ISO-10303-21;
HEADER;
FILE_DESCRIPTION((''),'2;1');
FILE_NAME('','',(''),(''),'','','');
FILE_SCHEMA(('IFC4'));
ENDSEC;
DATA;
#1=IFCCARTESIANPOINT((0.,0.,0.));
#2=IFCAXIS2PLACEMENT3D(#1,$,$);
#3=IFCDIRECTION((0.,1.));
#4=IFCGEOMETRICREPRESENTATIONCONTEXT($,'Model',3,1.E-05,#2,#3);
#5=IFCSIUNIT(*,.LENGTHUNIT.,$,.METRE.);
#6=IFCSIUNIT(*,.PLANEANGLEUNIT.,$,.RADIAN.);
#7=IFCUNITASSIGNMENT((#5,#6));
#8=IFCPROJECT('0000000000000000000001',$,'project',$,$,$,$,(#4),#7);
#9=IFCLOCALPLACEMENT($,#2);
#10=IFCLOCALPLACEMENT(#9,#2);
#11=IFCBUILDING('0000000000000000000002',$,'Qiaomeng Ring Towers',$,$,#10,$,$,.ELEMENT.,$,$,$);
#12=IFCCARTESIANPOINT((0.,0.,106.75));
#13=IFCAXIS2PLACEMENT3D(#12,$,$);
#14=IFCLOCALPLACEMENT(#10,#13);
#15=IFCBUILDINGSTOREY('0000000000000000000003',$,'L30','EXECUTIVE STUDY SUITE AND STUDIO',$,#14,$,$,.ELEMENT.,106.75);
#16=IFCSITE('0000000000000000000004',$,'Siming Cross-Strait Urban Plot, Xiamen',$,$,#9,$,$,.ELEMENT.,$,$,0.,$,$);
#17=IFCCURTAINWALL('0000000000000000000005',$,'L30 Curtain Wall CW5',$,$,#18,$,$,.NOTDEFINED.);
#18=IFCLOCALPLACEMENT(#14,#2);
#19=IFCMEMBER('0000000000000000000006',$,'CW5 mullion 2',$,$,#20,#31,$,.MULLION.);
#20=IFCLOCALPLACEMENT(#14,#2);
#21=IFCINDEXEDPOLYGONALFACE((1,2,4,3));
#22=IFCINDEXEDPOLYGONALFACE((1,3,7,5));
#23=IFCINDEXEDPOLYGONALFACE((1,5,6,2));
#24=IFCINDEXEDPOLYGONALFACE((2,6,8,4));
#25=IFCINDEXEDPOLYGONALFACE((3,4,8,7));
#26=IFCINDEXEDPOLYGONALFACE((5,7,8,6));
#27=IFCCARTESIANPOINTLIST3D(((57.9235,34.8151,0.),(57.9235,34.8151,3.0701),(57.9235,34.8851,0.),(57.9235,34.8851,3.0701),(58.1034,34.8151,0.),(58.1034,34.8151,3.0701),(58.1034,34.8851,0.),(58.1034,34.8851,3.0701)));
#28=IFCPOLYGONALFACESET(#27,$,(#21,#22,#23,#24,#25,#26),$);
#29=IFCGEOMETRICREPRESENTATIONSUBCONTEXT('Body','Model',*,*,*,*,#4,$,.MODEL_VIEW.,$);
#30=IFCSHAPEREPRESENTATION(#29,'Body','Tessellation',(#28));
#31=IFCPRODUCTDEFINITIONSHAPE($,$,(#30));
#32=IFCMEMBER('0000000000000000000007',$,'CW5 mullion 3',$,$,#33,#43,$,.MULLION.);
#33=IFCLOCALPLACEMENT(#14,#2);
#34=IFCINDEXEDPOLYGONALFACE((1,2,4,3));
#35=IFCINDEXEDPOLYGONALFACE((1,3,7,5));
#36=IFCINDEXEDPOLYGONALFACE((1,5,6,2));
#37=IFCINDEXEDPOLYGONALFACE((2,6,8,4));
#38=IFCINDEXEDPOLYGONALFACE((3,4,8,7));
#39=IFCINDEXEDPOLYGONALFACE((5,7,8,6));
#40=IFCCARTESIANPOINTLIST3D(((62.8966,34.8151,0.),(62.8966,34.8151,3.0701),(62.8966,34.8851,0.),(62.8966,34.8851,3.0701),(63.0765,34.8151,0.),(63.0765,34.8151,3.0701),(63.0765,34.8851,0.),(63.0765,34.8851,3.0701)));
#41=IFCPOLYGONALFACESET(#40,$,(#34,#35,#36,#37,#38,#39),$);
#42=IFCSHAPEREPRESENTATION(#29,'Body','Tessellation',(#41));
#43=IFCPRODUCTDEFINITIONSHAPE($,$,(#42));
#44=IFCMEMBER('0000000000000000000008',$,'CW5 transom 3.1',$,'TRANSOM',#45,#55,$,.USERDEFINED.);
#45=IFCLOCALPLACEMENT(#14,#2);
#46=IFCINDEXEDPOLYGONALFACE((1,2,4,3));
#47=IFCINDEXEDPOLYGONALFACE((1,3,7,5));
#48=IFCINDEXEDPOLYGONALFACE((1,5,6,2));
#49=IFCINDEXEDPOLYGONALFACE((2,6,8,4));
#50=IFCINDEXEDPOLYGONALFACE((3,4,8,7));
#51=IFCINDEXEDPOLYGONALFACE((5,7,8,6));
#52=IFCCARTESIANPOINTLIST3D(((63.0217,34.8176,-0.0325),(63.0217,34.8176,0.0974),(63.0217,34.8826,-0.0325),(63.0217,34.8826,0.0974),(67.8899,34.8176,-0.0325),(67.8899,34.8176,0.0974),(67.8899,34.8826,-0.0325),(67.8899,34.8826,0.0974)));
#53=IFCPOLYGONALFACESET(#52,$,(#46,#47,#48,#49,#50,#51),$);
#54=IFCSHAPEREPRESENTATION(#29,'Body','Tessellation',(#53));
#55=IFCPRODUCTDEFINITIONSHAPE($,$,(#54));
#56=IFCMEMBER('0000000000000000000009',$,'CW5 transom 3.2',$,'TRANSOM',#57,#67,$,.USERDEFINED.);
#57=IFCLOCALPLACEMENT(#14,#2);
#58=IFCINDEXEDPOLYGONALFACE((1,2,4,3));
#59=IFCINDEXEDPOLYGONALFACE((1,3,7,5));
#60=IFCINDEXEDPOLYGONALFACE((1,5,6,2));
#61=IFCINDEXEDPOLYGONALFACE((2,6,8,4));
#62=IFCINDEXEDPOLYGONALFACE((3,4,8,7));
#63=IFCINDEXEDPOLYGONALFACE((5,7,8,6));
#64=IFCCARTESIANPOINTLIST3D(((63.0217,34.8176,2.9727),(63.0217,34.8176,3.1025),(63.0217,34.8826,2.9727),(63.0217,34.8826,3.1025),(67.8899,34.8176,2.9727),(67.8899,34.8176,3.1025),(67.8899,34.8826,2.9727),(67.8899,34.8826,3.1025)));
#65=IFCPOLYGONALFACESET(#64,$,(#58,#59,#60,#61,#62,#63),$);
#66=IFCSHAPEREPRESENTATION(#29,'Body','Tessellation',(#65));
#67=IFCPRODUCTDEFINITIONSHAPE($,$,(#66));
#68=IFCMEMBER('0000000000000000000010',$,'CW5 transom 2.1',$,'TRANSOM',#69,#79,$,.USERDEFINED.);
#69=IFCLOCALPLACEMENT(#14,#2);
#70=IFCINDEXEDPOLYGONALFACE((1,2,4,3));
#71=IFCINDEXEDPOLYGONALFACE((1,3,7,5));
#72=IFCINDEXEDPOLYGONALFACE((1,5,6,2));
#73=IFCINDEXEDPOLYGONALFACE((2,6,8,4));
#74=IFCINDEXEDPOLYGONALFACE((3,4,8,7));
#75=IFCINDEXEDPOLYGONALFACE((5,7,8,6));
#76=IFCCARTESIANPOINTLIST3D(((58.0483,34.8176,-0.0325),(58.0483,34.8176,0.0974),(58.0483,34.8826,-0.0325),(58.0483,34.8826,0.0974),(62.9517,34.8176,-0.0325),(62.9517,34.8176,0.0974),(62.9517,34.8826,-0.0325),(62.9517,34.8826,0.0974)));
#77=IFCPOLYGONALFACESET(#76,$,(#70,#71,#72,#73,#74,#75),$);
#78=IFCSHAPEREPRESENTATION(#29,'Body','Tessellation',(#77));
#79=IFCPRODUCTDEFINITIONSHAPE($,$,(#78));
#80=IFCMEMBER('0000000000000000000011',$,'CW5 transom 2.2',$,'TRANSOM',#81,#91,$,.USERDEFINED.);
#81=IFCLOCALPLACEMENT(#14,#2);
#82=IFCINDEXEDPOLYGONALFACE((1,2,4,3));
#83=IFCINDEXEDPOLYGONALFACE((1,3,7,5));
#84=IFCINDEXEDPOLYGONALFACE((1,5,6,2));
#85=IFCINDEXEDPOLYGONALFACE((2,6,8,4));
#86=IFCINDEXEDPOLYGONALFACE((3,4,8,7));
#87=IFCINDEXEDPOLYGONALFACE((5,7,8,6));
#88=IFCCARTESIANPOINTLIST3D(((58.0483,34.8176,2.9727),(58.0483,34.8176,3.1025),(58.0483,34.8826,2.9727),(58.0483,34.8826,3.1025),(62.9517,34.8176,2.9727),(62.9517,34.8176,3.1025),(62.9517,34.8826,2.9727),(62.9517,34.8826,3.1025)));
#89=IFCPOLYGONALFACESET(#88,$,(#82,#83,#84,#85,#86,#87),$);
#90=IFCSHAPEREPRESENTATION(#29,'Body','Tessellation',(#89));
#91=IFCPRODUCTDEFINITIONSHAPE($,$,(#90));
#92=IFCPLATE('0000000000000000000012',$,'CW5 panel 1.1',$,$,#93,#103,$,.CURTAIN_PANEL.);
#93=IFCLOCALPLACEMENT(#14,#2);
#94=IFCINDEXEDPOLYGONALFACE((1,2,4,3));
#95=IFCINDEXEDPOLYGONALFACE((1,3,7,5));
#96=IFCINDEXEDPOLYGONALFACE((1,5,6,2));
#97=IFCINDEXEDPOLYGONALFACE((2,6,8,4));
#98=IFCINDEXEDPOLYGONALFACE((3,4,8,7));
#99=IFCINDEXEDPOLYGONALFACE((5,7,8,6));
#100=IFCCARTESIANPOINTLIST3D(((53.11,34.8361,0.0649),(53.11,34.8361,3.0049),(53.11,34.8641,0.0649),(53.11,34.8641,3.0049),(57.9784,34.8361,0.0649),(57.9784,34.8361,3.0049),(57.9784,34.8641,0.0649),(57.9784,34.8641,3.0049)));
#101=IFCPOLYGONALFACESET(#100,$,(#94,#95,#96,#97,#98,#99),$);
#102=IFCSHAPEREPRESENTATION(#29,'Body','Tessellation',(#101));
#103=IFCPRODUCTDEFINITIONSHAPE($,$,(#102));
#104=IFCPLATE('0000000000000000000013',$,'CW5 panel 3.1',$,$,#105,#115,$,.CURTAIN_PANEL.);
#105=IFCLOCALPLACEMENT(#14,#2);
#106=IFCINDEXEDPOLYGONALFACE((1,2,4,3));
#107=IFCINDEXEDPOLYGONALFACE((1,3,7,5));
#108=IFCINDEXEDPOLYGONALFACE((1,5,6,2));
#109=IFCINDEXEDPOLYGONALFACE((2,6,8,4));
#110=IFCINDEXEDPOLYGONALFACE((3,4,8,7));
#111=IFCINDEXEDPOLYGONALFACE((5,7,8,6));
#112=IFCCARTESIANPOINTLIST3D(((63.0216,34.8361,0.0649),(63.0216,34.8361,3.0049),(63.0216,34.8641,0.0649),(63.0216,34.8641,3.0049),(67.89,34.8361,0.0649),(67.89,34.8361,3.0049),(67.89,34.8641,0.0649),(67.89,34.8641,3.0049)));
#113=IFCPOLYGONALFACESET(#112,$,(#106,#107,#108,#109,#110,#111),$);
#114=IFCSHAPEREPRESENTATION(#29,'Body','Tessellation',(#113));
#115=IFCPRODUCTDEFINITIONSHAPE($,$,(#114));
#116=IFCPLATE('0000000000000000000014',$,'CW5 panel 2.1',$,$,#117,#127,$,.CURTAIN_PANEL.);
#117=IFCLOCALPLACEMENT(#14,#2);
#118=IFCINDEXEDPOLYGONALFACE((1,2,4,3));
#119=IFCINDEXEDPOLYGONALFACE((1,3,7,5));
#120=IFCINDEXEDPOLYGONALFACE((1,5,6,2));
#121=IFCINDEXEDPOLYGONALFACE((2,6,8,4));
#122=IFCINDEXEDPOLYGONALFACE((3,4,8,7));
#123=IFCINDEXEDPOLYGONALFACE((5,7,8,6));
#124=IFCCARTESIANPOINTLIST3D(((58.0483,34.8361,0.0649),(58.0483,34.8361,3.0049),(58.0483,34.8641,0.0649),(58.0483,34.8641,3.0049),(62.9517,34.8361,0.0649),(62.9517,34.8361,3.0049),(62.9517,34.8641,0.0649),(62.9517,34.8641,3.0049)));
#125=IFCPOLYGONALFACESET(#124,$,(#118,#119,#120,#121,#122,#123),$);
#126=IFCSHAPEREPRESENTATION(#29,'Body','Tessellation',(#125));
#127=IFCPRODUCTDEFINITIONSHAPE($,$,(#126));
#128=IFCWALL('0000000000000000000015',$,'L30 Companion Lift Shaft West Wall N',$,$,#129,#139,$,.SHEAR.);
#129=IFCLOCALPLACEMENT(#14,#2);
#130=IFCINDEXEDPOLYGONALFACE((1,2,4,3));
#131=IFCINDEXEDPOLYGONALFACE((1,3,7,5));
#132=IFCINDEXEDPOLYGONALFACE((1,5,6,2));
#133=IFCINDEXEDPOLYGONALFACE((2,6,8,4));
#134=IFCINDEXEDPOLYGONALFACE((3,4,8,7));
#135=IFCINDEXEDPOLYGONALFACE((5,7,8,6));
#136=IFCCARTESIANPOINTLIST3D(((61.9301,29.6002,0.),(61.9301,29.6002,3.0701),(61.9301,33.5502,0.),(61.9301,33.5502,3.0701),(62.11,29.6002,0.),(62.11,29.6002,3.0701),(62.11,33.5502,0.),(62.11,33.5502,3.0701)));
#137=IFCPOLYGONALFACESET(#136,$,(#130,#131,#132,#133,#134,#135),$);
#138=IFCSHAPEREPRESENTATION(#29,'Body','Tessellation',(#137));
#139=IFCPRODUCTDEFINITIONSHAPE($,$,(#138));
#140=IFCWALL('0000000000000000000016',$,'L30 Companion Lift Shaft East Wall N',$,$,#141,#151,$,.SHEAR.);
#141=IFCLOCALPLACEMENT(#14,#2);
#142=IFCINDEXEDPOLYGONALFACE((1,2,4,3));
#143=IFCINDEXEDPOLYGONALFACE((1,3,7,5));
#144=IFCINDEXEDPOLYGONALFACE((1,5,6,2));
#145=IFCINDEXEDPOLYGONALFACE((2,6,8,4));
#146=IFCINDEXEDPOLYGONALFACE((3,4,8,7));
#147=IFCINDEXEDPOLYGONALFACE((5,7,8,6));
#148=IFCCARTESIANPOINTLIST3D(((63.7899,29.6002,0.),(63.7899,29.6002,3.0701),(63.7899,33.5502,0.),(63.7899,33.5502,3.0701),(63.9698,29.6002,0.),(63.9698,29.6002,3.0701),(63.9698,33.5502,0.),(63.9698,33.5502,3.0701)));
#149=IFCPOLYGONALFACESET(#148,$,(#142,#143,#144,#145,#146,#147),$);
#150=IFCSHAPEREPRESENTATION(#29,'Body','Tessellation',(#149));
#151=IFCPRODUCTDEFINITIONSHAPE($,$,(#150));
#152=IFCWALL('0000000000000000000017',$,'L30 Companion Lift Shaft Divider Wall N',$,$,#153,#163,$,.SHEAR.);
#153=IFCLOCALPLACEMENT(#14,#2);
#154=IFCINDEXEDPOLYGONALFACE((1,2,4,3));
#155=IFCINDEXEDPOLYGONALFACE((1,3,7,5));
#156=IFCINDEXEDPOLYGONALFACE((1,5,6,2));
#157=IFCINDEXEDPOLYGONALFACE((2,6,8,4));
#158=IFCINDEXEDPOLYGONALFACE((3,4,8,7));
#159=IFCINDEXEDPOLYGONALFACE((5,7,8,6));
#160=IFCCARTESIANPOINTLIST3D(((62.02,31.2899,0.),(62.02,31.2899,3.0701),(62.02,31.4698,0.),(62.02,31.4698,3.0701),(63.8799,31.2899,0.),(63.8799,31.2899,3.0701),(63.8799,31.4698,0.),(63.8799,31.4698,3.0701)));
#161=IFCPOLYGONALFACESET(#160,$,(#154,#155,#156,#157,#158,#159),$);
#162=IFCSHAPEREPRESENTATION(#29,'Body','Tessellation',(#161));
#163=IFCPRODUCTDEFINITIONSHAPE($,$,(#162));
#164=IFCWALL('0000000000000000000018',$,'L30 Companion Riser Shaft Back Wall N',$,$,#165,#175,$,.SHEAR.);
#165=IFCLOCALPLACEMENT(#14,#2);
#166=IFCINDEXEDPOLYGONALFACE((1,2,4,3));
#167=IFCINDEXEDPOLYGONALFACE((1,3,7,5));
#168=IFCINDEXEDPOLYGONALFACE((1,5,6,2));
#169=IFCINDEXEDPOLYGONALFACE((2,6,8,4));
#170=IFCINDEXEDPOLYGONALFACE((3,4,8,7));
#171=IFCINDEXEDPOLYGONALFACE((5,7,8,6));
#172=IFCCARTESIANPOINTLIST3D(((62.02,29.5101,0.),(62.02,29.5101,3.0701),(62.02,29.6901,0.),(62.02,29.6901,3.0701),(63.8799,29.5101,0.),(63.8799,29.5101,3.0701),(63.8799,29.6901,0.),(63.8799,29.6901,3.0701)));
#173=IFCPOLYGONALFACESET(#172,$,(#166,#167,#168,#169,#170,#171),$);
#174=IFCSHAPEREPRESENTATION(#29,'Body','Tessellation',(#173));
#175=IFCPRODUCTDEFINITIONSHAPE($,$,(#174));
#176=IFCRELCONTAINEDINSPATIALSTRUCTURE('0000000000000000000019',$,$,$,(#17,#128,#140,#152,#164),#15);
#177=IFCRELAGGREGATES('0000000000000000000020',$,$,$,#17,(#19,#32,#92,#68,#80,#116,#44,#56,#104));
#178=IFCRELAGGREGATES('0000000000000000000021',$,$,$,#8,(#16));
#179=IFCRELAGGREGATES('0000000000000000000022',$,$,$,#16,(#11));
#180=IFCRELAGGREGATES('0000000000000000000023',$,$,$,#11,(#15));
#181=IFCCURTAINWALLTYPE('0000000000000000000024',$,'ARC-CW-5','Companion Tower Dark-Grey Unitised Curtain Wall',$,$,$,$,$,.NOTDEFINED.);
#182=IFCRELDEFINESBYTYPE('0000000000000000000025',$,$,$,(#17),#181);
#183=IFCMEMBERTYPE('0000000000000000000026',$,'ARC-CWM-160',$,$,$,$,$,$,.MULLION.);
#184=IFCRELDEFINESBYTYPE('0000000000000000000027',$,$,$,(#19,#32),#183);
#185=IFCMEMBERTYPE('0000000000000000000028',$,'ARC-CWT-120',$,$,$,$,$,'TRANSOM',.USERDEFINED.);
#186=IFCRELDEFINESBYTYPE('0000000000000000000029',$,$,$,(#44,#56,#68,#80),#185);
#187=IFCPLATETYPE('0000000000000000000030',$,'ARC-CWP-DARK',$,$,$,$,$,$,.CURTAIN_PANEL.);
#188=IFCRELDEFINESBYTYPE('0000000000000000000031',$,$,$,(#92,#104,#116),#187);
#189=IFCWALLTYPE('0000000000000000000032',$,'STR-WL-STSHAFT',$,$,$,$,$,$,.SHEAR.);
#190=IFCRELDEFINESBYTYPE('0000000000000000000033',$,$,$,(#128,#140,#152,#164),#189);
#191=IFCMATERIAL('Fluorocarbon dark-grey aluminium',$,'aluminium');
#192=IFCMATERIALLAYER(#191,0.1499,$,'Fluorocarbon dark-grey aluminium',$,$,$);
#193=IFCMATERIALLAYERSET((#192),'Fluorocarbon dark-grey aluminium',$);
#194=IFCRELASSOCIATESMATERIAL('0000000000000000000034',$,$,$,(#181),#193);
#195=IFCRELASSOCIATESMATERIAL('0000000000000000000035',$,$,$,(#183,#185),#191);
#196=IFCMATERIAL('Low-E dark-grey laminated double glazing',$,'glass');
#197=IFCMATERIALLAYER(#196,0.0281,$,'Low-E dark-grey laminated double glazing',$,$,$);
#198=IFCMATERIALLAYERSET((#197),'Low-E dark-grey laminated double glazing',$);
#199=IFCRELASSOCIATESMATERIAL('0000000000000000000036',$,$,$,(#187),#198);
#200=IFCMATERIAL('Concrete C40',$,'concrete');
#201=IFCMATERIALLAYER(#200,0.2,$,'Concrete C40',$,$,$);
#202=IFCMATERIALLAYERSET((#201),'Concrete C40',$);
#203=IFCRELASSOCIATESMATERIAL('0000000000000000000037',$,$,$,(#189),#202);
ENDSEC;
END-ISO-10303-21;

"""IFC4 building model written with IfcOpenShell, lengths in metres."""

from ifc_helpers import new_model, si_unit, direction, frame, frame_2d, origin, origin_2d, place, context, subcontext, project, spatial, rectangle, extrude, source, transform, mapped, material, layer, layer_set, material_profile, profile_set, type_object, element, aggregate, save


model = new_model("IFC4")

# Units and contexts
model_context = context("Model", 3, precision=1e-05, world=origin(), true_north=direction((0.0, 1.0)))
body_context = subcontext(model_context, "Body", "Model", "MODEL_VIEW")
ifc_project = project(units=[si_unit("LENGTHUNIT", "METRE"), si_unit("PLANEANGLEUNIT", "RADIAN")], contexts=[model_context])

# Site, building, storey
site_placement = place(None, origin())
site = spatial("IfcSite", under=ifc_project, at=site_placement, Name="Siming Cross-Strait Urban Plot, Xiamen", CompositionType="ELEMENT", RefElevation=0.0)
building_placement = place(site_placement, origin())
building = spatial("IfcBuilding", under=site, at=building_placement, Name="Qiaomeng Ring Towers", CompositionType="ELEMENT")
storey_placement = place(building_placement, frame((0.0, 0.0, 106.75)))
storey = spatial("IfcBuildingStorey", under=building, at=storey_placement, Name="L30", Description="EXECUTIVE STUDY SUITE AND STUDIO", CompositionType="ELEMENT", Elevation=106.75)

# Curtain wall, members, plates
ifc_material_1 = material(Name="Fluorocarbon dark-grey aluminium", Category="aluminium")
ifc_layer_1 = layer(ifc_material_1, 0.1499, Name="Fluorocarbon dark-grey aluminium")
ifc_layer_set_1 = layer_set([ifc_layer_1], Name="Fluorocarbon dark-grey aluminium")
curtain_wall_type = type_object("IfcCurtainWallType", Name="ARC-CW-5", Description="Companion Tower Dark-Grey Unitised Curtain Wall", PredefinedType="NOTDEFINED", material=ifc_layer_set_1)
curtain_wall_placement = place(storey_placement, origin())
curtain_wall = element("IfcCurtainWall", 1, at=curtain_wall_placement, inside=storey, type_object=curtain_wall_type, Name="L30 Curtain Wall CW5", PredefinedType="NOTDEFINED")
ifc_material_profile_1 = material_profile(ifc_material_1, rectangle(XDim=0.0701, YDim=0.1799, at=origin_2d()), Name="ALU MULL 70x180")
ifc_profile_set_1 = profile_set([ifc_material_profile_1], Name="Fluorocarbon dark-grey aluminium")
member_type_1 = type_object("IfcMemberType", Name="ARC-CWM-160", PredefinedType="MULLION", material=ifc_profile_set_1)
shared_shape_1 = source(origin(), body_context, "Body", "SweptSolid", [
    extrude(rectangle(XDim=0.0701, YDim=0.1799, at=origin_2d()), origin(), (0.0, 0.0, 1.0), 3.0701),
])
member_1_placement = place(storey_placement, frame((58.0134, 34.8501, 0.0), z_axis=(0.0, 0.0, 1.0), x_axis=(0.0, 1.0, 0.0)))
member_1 = element("IfcMember", 2, at=member_1_placement, type_object=member_type_1, Name="CW5 mullion 2", PredefinedType="MULLION", context=body_context, shape_type="MappedRepresentation", body=[
    mapped(shared_shape_1, transform((0.0, 0.0, 0.0), x_axis=(1.0, 0.0, 0.0), y_axis=(0.0, 1.0, 0.0), z_axis=(0.0, 0.0, 1.0), scale=1.0)),
])
member_2_placement = place(storey_placement, frame((62.9866, 34.8501, 0.0), z_axis=(0.0, 0.0, 1.0), x_axis=(0.0, 1.0, 0.0)))
member_2 = element("IfcMember", 3, at=member_2_placement, type_object=member_type_1, Name="CW5 mullion 3", PredefinedType="MULLION", context=body_context, shape_type="MappedRepresentation", body=[
    mapped(shared_shape_1, transform((0.0, 0.0, 0.0), x_axis=(1.0, 0.0, 0.0), y_axis=(0.0, 1.0, 0.0), z_axis=(0.0, 0.0, 1.0), scale=1.0)),
])
ifc_material_profile_2 = material_profile(ifc_material_1, rectangle(XDim=0.0649, YDim=0.1299, at=origin_2d()), Name="ALU TRAN 65x130")
ifc_profile_set_2 = profile_set([ifc_material_profile_2], Name="Fluorocarbon dark-grey aluminium")
member_type_2 = type_object("IfcMemberType", Name="ARC-CWT-120", ElementType="TRANSOM", PredefinedType="USERDEFINED", material=ifc_profile_set_2)
shared_shape_2 = source(origin(), body_context, "Body", "SweptSolid", [
    extrude(rectangle(XDim=0.0649, YDim=0.1299, at=origin_2d()), origin(), (0.0, 0.0, 1.0), 4.8682),
])
member_3_placement = place(storey_placement, frame((63.0217, 34.8501, 0.0325), z_axis=(1.0, 0.0, 0.0), x_axis=(0.0, 1.0, 0.0)))
member_3 = element("IfcMember", 4, at=member_3_placement, type_object=member_type_2, Name="CW5 transom 3.1", ObjectType="TRANSOM", PredefinedType="USERDEFINED", context=body_context, shape_type="MappedRepresentation", body=[
    mapped(shared_shape_2, transform((0.0, 0.0, 0.0), x_axis=(1.0, 0.0, 0.0), y_axis=(0.0, 1.0, 0.0), z_axis=(0.0, 0.0, 1.0), scale=1.0)),
])
member_4_placement = place(storey_placement, frame((63.0217, 34.8501, 3.0376), z_axis=(1.0, 0.0, 0.0), x_axis=(0.0, 1.0, 0.0)))
member_4 = element("IfcMember", 5, at=member_4_placement, type_object=member_type_2, Name="CW5 transom 3.2", ObjectType="TRANSOM", PredefinedType="USERDEFINED", context=body_context, shape_type="MappedRepresentation", body=[
    mapped(shared_shape_2, transform((0.0, 0.0, 0.0), x_axis=(1.0, 0.0, 0.0), y_axis=(0.0, 1.0, 0.0), z_axis=(0.0, 0.0, 1.0), scale=1.0)),
])
shared_shape_3 = source(origin(), body_context, "Body", "SweptSolid", [
    extrude(rectangle(XDim=0.0649, YDim=0.1299, at=origin_2d()), origin(), (0.0, 0.0, 1.0), 4.9033),
])
member_5_placement = place(storey_placement, frame((58.0483, 34.8501, 0.0325), z_axis=(1.0, 0.0, 0.0), x_axis=(0.0, 1.0, 0.0)))
member_5 = element("IfcMember", 6, at=member_5_placement, type_object=member_type_2, Name="CW5 transom 2.1", ObjectType="TRANSOM", PredefinedType="USERDEFINED", context=body_context, shape_type="MappedRepresentation", body=[
    mapped(shared_shape_3, transform((0.0, 0.0, 0.0), x_axis=(1.0, 0.0, 0.0), y_axis=(0.0, 1.0, 0.0), z_axis=(0.0, 0.0, 1.0), scale=1.0)),
])
member_6_placement = place(storey_placement, frame((58.0483, 34.8501, 3.0376), z_axis=(1.0, 0.0, 0.0), x_axis=(0.0, 1.0, 0.0)))
member_6 = element("IfcMember", 7, at=member_6_placement, type_object=member_type_2, Name="CW5 transom 2.2", ObjectType="TRANSOM", PredefinedType="USERDEFINED", context=body_context, shape_type="MappedRepresentation", body=[
    mapped(shared_shape_3, transform((0.0, 0.0, 0.0), x_axis=(1.0, 0.0, 0.0), y_axis=(0.0, 1.0, 0.0), z_axis=(0.0, 0.0, 1.0), scale=1.0)),
])
ifc_material_2 = material(Name="Low-E dark-grey laminated double glazing", Category="glass")
ifc_layer_2 = layer(ifc_material_2, 0.0281, Name="Low-E dark-grey laminated double glazing")
ifc_layer_set_2 = layer_set([ifc_layer_2], Name="Low-E dark-grey laminated double glazing")
plate_type = type_object("IfcPlateType", Name="ARC-CWP-DARK", PredefinedType="CURTAIN_PANEL", material=ifc_layer_set_2)
shared_shape_4 = source(origin(), body_context, "Body", "SweptSolid", [
    extrude(rectangle(XDim=4.8684, YDim=0.0281, at=origin_2d()), origin(), (0.0, 0.0, 1.0), 2.9399),
])
plate_1_placement = place(storey_placement, frame((55.5442, 34.8501, 0.0649), z_axis=(0.0, 0.0, 1.0), x_axis=(1.0, 0.0, 0.0)))
plate_1 = element("IfcPlate", 8, at=plate_1_placement, type_object=plate_type, Name="CW5 panel 1.1", PredefinedType="CURTAIN_PANEL", context=body_context, shape_type="MappedRepresentation", body=[
    mapped(shared_shape_4, transform((0.0, 0.0, 0.0), x_axis=(1.0, 0.0, 0.0), y_axis=(0.0, 1.0, 0.0), z_axis=(0.0, 0.0, 1.0), scale=1.0)),
])
plate_2_placement = place(storey_placement, frame((65.4558, 34.8501, 0.0649), z_axis=(0.0, 0.0, 1.0), x_axis=(1.0, 0.0, 0.0)))
plate_2 = element("IfcPlate", 9, at=plate_2_placement, type_object=plate_type, Name="CW5 panel 3.1", PredefinedType="CURTAIN_PANEL", context=body_context, shape_type="MappedRepresentation", body=[
    mapped(shared_shape_4, transform((0.0, 0.0, 0.0), x_axis=(1.0, 0.0, 0.0), y_axis=(0.0, 1.0, 0.0), z_axis=(0.0, 0.0, 1.0), scale=1.0)),
])
shared_shape_5 = source(origin(), body_context, "Body", "SweptSolid", [
    extrude(rectangle(XDim=4.9033, YDim=0.0281, at=origin_2d()), origin(), (0.0, 0.0, 1.0), 2.9399),
])
plate_3_placement = place(storey_placement, frame((60.5, 34.8501, 0.0649), z_axis=(0.0, 0.0, 1.0), x_axis=(1.0, 0.0, 0.0)))
plate_3 = element("IfcPlate", 10, at=plate_3_placement, type_object=plate_type, Name="CW5 panel 2.1", PredefinedType="CURTAIN_PANEL", context=body_context, shape_type="MappedRepresentation", body=[
    mapped(shared_shape_5, transform((0.0, 0.0, 0.0), x_axis=(1.0, 0.0, 0.0), y_axis=(0.0, 1.0, 0.0), z_axis=(0.0, 0.0, 1.0), scale=1.0)),
])
aggregate(curtain_wall, [member_1, member_2, plate_1, member_5, member_6, plate_3, member_3, member_4, plate_2])

# Walls
ifc_material_3 = material(Name="Concrete C40", Category="concrete")
ifc_layer_3 = layer(ifc_material_3, 0.2, Name="Concrete C40")
ifc_layer_set_3 = layer_set([ifc_layer_3], Name="Concrete C40")
wall_type_1 = type_object("IfcWallType", Name="STR-WL-STSHAFT", PredefinedType="SHEAR", material=ifc_layer_set_3)
for number, where, z_axis, x_axis, name in (
    (11, (62.02, 29.6001, 0.0), (0.0, 0.0, 1.0), (0.0, 1.0, 0.0), "L30 Companion Lift Shaft West Wall N"),
    (12, (63.8799, 29.6001, 0.0), (0.0, 0.0, 1.0), (0.0, 1.0, 0.0), "L30 Companion Lift Shaft East Wall N"),
):
    element("IfcWall", number, at=place(storey_placement, frame(where, z_axis=z_axis, x_axis=x_axis)), inside=storey, type_object=wall_type_1, Name=name, PredefinedType="SHEAR", context=body_context, shape_type="SweptSolid", body=[
        extrude(rectangle(XDim=3.95, YDim=0.1799, at=frame_2d((1.9751, 0.0))), origin(), (0.0, 0.0, 1.0), 3.0701),
    ])
for number, where, z_axis, x_axis, name in (
    (13, (62.02, 31.3799, 0.0), (0.0, 0.0, 1.0), (1.0, 0.0, 0.0), "L30 Companion Lift Shaft Divider Wall N"),
    (14, (62.02, 29.6001, 0.0), (0.0, 0.0, 1.0), (1.0, 0.0, 0.0), "L30 Companion Riser Shaft Back Wall N"),
):
    element("IfcWall", number, at=place(storey_placement, frame(where, z_axis=z_axis, x_axis=x_axis)), inside=storey, type_object=wall_type_1, Name=name, PredefinedType="SHEAR", context=body_context, shape_type="SweptSolid", body=[
        extrude(rectangle(XDim=1.8599, YDim=0.1799, at=frame_2d((0.9299, 0.0))), origin(), (0.0, 0.0, 1.0), 3.0701),
    ])

save(model, "model.ifc")
